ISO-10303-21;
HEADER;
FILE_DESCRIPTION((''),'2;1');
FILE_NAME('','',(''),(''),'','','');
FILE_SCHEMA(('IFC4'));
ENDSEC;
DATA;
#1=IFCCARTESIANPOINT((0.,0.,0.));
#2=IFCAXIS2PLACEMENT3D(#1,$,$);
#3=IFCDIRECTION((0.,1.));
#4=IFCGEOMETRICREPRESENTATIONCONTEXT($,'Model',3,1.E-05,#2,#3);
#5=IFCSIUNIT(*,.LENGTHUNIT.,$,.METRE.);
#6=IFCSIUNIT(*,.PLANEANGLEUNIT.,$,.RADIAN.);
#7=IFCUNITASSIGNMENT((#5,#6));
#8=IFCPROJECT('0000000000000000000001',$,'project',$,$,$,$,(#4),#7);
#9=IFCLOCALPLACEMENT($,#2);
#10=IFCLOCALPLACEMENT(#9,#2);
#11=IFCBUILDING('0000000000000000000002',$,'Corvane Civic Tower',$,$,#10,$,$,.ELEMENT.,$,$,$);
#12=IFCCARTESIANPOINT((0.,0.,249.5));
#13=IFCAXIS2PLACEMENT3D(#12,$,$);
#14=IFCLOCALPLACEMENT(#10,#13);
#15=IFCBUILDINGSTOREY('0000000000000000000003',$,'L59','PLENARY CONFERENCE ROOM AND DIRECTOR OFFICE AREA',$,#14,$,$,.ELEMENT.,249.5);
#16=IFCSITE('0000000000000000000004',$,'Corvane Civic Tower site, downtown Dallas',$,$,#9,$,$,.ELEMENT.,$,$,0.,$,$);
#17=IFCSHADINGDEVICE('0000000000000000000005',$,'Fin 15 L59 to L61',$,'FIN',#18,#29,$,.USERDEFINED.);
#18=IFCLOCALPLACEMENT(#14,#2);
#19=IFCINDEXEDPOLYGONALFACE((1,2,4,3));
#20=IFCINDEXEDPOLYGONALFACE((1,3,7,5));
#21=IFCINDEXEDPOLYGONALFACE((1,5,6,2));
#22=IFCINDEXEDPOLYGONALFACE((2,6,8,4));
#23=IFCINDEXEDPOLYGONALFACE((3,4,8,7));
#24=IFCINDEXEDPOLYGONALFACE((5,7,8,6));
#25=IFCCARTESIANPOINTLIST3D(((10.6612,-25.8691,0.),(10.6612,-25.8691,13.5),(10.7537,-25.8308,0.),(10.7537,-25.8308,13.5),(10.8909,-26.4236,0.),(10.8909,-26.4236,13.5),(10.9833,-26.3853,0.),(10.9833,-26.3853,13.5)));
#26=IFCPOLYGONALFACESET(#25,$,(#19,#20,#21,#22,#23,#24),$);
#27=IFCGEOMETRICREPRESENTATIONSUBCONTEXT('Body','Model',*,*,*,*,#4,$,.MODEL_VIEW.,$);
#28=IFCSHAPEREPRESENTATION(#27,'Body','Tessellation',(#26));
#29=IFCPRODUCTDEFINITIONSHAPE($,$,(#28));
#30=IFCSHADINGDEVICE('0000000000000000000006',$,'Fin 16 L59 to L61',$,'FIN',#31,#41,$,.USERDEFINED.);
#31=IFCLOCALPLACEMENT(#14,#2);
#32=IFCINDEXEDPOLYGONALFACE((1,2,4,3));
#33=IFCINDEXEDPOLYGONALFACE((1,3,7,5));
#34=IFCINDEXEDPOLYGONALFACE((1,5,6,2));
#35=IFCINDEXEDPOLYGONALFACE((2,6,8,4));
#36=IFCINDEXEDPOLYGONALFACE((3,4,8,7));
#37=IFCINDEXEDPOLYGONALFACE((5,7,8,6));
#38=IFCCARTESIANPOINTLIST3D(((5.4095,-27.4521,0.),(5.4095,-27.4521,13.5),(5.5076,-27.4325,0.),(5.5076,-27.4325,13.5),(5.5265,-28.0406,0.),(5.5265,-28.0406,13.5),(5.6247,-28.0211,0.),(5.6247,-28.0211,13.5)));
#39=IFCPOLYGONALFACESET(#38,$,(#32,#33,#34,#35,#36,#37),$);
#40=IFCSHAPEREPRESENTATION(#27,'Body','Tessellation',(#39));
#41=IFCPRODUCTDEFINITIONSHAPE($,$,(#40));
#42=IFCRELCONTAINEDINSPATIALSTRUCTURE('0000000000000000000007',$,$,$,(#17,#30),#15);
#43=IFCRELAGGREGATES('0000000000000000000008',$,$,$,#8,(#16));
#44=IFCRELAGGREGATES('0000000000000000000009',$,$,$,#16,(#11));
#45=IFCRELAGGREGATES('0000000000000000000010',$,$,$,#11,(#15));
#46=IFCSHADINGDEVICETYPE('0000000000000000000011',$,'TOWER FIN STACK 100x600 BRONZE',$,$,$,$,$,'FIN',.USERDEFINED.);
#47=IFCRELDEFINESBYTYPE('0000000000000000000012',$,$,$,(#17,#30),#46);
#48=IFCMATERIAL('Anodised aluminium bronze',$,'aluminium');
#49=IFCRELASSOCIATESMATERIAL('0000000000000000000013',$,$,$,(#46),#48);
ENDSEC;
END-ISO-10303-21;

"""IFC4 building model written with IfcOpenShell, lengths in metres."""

from ifc_helpers import new_model, si_unit, direction, frame, origin, origin_2d, place, context, subcontext, project, spatial, rectangle, extrude, material, material_profile, profile_set, type_object, element, save


model = new_model("IFC4")

# Units and contexts
model_context = context("Model", 3, precision=1e-05, world=origin(), true_north=direction((0.0, 1.0)))
body_context = subcontext(model_context, "Body", "Model", "MODEL_VIEW")
ifc_project = project(units=[si_unit("LENGTHUNIT", "METRE"), si_unit("PLANEANGLEUNIT", "RADIAN")], contexts=[model_context])

# Site, building, storey
site_placement = place(None, origin())
site = spatial("IfcSite", under=ifc_project, at=site_placement, Name="Corvane Civic Tower site, downtown Dallas", CompositionType="ELEMENT", RefElevation=0.0)
building_placement = place(site_placement, origin())
building = spatial("IfcBuilding", under=site, at=building_placement, Name="Corvane Civic Tower", CompositionType="ELEMENT")
storey_placement = place(building_placement, frame((0.0, 0.0, 249.5)))
storey = spatial("IfcBuildingStorey", under=building, at=storey_placement, Name="L59", Description="PLENARY CONFERENCE ROOM AND DIRECTOR OFFICE AREA", CompositionType="ELEMENT", Elevation=249.5)

# Shading devices
ifc_material_1 = material(Name="Anodised aluminium bronze", Category="aluminium")
ifc_material_profile_1 = material_profile(ifc_material_1, rectangle(XDim=0.1001, YDim=0.6001, at=origin_2d()), Name="TOWER FIN STACK 100x600 BRONZE")
ifc_profile_set_1 = profile_set([ifc_material_profile_1], Name="Anodised aluminium bronze")
shading_device_type = type_object("IfcShadingDeviceType", Name="TOWER FIN STACK 100x600 BRONZE", ElementType="FIN", PredefinedType="USERDEFINED", material=ifc_profile_set_1)
for number, where, z_axis, x_axis, name in (
    (1, (10.8223, -26.1272, 0.0), (0.0, 0.0, 1.0), (-0.92388, -0.382683, 0.0), "Fin 15 L59 to L61"),
    (2, (5.5171, -27.7366, 0.0), (0.0, 0.0, 1.0), (-0.980785, -0.19509, 0.0), "Fin 16 L59 to L61"),
):
    element("IfcShadingDevice", number, at=place(storey_placement, frame(where, z_axis=z_axis, x_axis=x_axis)), inside=storey, type_object=shading_device_type, Name=name, ObjectType="FIN", PredefinedType="USERDEFINED", context=body_context, shape_type="SweptSolid", body=[
        extrude(rectangle(XDim=0.1001, YDim=0.6001, at=origin_2d()), origin(), (0.0, 0.0, 1.0), 13.5),
    ])

save(model, "model.ifc")
